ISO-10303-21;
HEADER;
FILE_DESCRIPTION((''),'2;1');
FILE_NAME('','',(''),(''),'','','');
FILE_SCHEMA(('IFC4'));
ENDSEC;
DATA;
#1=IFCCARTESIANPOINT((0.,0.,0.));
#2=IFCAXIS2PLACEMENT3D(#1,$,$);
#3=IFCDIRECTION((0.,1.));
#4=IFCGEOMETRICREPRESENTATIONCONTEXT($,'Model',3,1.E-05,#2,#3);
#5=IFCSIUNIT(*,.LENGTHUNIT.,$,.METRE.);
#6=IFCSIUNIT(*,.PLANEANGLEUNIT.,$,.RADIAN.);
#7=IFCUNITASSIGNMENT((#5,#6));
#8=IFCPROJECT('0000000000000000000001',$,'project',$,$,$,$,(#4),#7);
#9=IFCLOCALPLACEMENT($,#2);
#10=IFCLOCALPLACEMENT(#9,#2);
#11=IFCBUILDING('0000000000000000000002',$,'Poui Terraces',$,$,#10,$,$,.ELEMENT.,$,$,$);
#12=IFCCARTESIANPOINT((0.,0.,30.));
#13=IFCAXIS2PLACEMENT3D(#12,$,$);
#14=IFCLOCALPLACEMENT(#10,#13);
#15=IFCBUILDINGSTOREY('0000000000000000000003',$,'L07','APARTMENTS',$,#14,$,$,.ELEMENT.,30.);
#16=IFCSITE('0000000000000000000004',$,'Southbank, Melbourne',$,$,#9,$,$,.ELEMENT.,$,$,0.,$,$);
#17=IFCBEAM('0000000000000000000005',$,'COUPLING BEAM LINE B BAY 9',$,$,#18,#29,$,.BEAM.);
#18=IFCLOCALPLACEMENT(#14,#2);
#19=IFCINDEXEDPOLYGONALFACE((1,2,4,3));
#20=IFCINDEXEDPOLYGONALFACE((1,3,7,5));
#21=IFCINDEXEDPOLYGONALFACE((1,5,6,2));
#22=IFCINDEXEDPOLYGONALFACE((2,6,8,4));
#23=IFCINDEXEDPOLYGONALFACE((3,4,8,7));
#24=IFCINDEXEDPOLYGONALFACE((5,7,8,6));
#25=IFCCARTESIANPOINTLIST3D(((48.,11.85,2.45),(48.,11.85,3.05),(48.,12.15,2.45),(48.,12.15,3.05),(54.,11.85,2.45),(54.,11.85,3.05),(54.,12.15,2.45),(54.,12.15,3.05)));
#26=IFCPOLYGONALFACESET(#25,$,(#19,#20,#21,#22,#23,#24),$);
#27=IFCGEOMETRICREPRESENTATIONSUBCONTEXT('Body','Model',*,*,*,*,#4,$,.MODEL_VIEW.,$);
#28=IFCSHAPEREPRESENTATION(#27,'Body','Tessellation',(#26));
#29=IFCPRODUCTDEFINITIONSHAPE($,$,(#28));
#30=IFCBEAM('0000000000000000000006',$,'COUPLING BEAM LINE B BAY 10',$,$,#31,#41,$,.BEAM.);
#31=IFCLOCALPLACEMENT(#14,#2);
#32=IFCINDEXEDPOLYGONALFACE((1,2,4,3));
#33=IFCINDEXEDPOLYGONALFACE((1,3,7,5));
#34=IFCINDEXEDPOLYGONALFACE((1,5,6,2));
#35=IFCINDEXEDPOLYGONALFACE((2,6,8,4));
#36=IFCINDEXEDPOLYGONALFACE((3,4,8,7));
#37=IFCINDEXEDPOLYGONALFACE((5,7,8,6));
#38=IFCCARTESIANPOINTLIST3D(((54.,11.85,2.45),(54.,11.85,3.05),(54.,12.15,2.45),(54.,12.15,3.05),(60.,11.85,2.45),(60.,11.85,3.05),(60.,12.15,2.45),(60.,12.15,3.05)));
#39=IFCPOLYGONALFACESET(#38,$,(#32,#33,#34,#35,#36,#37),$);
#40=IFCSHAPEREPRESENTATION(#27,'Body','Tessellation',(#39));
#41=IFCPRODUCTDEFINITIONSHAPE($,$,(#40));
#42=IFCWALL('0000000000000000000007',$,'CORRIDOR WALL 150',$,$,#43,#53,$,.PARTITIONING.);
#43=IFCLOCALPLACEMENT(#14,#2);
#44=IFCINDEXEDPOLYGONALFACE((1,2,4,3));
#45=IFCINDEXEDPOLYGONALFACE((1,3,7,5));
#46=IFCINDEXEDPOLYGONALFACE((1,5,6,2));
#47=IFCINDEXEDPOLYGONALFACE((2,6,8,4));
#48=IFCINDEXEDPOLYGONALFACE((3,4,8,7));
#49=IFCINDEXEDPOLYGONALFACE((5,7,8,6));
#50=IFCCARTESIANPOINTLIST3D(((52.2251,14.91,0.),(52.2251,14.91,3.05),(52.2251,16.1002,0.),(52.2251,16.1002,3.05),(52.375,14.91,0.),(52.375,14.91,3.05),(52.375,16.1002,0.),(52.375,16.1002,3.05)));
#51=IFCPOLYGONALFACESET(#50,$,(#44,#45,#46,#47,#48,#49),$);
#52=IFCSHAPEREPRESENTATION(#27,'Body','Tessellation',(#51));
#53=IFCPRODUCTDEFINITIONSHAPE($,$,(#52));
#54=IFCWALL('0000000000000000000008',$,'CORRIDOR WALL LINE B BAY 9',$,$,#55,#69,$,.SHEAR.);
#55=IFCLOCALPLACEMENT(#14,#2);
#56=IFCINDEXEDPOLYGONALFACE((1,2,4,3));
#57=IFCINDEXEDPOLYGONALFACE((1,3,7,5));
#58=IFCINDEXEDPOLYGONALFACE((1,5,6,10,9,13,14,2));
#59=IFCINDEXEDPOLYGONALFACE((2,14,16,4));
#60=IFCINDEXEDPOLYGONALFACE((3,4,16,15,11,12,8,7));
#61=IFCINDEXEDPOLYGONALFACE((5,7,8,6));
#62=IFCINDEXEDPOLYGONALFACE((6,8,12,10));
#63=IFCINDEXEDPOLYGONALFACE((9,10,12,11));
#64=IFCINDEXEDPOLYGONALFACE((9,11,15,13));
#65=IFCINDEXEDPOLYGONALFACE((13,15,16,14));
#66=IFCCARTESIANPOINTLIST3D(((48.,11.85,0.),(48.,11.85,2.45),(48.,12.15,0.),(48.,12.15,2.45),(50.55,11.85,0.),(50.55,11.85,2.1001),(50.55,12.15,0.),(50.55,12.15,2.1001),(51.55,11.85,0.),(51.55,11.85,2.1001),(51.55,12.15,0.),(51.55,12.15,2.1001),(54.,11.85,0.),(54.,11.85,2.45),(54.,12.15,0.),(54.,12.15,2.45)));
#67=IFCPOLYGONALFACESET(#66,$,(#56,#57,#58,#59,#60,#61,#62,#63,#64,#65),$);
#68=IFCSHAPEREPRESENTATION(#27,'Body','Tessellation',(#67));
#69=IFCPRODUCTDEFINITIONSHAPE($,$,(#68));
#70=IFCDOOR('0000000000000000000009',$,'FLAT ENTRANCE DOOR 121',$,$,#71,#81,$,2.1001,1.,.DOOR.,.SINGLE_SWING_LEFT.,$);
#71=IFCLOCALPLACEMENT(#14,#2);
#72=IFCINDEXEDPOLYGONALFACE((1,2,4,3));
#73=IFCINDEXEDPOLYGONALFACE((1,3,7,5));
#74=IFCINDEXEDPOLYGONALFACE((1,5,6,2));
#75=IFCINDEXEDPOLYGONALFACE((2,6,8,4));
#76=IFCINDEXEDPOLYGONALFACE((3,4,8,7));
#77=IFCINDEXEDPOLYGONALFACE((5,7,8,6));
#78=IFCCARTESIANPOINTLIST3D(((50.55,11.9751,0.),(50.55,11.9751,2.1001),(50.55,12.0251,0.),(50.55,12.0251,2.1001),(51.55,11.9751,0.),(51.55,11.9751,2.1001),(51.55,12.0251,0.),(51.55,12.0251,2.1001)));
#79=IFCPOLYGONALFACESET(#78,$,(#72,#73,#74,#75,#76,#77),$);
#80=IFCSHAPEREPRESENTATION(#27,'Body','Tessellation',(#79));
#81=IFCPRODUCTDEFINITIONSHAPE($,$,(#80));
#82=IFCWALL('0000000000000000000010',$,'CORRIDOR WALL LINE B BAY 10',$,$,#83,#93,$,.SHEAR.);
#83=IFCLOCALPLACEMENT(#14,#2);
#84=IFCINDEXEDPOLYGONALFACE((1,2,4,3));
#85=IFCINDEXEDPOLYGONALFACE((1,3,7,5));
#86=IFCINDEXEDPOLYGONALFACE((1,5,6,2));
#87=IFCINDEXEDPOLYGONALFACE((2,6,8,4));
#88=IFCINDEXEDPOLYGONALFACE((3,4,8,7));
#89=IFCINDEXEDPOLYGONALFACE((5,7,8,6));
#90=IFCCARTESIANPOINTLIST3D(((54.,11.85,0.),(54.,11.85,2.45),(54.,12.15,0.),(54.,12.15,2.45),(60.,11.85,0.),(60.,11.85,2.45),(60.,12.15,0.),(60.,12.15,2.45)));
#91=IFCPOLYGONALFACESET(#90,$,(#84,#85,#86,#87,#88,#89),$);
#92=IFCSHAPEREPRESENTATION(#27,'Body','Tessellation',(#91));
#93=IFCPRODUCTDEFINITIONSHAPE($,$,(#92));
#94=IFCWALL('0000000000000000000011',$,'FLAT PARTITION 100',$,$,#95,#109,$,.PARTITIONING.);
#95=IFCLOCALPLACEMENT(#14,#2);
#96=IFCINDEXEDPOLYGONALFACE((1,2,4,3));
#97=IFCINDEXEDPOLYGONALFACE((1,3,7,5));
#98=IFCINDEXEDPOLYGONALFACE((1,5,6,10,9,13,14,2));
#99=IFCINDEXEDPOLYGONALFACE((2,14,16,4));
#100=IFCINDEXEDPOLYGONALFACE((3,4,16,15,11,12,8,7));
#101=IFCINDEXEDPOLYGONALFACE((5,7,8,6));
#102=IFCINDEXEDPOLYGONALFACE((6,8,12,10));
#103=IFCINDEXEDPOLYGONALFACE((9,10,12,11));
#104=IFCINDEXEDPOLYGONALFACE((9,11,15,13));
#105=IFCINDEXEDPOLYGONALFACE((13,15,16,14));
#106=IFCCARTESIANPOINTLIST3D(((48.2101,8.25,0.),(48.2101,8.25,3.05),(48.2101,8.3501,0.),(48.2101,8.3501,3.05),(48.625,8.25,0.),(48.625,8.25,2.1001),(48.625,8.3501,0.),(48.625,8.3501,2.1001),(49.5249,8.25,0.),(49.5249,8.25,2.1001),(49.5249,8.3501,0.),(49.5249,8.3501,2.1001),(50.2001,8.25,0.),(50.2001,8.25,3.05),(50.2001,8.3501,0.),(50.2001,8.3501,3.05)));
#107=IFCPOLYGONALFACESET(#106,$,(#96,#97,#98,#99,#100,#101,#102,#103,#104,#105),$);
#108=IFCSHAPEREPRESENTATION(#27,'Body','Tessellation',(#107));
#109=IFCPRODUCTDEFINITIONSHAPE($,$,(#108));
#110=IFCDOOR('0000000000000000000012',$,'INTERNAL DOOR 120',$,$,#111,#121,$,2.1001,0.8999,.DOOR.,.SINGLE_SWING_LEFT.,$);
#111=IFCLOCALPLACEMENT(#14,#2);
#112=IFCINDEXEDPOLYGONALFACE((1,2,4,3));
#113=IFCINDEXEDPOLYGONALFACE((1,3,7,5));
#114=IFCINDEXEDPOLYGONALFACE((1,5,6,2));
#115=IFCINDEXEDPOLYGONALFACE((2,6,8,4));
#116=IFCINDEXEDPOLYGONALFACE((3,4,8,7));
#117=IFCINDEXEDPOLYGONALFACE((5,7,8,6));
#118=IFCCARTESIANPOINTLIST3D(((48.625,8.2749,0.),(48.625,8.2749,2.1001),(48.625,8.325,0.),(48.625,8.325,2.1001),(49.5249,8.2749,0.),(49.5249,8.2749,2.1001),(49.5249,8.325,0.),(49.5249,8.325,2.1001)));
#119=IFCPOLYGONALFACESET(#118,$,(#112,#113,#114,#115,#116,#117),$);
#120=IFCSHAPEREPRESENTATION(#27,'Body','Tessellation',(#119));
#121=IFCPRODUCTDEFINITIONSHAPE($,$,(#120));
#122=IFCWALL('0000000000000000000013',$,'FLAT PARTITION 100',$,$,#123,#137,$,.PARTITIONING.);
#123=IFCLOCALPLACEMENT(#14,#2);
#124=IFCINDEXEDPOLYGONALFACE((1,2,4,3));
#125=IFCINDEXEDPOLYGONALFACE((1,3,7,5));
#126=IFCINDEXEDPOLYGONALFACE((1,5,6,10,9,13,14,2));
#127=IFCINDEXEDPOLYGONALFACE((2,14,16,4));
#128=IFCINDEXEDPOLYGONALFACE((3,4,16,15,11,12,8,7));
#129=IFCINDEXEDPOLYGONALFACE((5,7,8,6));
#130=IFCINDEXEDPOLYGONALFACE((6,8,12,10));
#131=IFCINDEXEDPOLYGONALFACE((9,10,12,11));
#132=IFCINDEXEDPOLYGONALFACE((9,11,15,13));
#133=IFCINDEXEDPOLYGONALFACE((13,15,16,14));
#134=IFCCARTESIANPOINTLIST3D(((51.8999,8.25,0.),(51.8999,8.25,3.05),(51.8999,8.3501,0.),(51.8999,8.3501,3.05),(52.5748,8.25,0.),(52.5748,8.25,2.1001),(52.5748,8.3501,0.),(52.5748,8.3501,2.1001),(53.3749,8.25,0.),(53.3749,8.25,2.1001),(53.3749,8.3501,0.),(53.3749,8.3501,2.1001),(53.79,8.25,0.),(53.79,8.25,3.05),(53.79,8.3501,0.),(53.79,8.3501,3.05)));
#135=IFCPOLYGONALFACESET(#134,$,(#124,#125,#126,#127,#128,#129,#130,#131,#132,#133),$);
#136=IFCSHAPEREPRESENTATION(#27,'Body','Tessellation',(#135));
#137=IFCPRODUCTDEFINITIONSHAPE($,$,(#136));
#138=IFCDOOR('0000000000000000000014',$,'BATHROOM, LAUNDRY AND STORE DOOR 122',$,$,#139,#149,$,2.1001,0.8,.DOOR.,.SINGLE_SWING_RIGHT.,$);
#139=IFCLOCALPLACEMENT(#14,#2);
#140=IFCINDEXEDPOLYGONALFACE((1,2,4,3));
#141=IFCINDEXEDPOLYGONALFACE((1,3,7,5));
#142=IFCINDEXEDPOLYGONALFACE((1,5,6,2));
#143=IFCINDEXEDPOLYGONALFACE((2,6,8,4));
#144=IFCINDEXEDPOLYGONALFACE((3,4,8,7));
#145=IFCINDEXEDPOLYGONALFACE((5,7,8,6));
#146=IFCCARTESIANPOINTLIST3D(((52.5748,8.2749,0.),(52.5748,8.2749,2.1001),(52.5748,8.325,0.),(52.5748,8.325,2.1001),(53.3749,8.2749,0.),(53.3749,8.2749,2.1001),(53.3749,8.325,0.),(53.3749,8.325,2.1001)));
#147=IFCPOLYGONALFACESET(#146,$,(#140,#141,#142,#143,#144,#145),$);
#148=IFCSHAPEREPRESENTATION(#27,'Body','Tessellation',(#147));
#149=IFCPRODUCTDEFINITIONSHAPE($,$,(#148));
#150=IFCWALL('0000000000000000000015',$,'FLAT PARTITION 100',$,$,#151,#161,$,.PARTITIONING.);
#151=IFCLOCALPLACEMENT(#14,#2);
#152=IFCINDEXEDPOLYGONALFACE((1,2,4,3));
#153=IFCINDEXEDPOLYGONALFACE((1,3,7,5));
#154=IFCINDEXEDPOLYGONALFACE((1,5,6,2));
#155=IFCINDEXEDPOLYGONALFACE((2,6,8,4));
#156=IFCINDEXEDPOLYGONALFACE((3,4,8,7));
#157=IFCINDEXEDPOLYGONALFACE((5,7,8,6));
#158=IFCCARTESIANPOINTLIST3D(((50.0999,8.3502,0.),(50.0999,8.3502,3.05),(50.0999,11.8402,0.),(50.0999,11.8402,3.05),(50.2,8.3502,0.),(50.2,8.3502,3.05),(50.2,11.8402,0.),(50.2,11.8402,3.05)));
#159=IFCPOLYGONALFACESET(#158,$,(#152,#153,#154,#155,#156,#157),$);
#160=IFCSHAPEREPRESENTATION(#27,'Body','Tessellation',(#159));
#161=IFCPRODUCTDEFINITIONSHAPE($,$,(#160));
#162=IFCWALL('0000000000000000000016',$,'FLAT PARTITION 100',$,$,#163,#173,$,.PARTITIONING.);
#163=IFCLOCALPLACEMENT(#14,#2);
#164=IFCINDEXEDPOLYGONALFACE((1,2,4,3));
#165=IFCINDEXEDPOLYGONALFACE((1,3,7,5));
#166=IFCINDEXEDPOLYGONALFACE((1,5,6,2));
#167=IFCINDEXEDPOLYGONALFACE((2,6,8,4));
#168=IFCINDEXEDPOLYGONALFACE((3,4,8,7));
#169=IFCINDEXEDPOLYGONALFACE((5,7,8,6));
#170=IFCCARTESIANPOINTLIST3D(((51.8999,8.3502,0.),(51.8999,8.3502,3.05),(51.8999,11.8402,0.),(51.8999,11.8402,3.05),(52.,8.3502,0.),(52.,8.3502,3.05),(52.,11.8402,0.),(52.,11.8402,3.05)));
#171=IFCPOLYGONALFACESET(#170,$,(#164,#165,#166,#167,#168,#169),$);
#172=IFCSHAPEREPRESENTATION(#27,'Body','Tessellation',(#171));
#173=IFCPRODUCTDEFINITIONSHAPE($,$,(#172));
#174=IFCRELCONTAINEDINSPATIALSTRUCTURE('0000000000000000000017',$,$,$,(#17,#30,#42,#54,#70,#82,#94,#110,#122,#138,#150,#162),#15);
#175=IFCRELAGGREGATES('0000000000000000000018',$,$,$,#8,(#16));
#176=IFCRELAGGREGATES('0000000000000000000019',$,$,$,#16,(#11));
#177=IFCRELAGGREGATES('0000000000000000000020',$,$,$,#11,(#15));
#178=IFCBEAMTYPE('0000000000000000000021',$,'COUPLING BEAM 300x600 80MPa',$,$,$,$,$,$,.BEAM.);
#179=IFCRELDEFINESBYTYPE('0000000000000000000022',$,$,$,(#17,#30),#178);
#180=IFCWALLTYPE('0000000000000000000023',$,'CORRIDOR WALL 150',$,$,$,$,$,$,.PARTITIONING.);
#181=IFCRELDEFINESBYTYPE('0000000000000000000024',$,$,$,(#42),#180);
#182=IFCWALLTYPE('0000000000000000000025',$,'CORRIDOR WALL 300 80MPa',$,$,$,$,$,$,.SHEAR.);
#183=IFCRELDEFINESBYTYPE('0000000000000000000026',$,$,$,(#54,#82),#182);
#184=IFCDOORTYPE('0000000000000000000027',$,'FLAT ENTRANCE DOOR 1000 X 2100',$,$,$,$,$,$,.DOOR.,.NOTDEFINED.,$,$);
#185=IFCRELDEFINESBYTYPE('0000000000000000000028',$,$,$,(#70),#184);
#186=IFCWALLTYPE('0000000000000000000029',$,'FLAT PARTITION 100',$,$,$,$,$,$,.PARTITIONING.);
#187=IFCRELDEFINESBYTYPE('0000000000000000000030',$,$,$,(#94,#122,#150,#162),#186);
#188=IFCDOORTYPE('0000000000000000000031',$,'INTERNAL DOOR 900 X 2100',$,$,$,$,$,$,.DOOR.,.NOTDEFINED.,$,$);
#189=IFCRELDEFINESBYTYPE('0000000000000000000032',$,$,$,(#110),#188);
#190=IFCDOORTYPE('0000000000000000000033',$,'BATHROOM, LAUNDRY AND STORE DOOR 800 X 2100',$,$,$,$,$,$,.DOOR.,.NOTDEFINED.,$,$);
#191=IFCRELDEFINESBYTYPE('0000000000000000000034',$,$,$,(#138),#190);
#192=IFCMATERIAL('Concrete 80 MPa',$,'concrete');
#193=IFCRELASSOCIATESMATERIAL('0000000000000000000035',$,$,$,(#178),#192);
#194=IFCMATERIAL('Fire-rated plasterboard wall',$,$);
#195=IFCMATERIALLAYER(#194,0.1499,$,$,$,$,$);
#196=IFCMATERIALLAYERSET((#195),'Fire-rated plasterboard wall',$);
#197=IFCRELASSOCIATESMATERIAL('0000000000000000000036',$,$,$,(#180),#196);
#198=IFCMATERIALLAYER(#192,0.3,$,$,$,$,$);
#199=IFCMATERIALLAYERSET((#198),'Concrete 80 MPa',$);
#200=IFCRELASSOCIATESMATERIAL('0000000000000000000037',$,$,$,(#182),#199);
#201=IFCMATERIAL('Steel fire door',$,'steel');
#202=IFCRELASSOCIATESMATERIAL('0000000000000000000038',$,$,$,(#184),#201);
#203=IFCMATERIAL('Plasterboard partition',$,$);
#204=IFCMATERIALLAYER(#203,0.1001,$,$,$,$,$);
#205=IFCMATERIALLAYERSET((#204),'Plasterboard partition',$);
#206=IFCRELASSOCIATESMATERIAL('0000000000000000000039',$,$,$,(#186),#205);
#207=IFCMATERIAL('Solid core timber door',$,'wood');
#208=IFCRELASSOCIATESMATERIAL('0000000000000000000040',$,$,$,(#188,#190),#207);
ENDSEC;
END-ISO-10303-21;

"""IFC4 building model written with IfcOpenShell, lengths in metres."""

from ifc_helpers import new_model, si_unit, direction, frame, frame_2d, origin, origin_2d, place, context, subcontext, project, spatial, rectangle, extrude, source, transform, mapped, material, layer, layer_set, material_profile, profile_set, type_object, element, fill, save


model = new_model("IFC4")

# Units and contexts
model_context = context("Model", 3, precision=1e-05, world=origin(), true_north=direction((0.0, 1.0)))
body_context = subcontext(model_context, "Body", "Model", "MODEL_VIEW")
ifc_project = project(units=[si_unit("LENGTHUNIT", "METRE"), si_unit("PLANEANGLEUNIT", "RADIAN")], contexts=[model_context])

# Site, building, storey
site_placement = place(None, origin())
site = spatial("IfcSite", under=ifc_project, at=site_placement, Name="Southbank, Melbourne", CompositionType="ELEMENT", RefElevation=0.0)
building_placement = place(site_placement, origin())
building = spatial("IfcBuilding", under=site, at=building_placement, Name="Poui Terraces", CompositionType="ELEMENT")
storey_placement = place(building_placement, frame((0.0, 0.0, 30.0)))
storey = spatial("IfcBuildingStorey", under=building, at=storey_placement, Name="L07", Description="APARTMENTS", CompositionType="ELEMENT", Elevation=30.0)

# Beams
ifc_material_1 = material(Name="Concrete 80 MPa", Category="concrete")
ifc_material_profile = material_profile(ifc_material_1, rectangle(XDim=0.3, YDim=0.6001, at=origin_2d()), Name="RC 300x600")
ifc_profile_set = profile_set([ifc_material_profile], Name="Concrete 80 MPa")
beam_type = type_object("IfcBeamType", Name="COUPLING BEAM 300x600 80MPa", PredefinedType="BEAM", material=ifc_profile_set)
shared_shape = source(origin(), body_context, "Body", "SweptSolid", [
    extrude(rectangle(XDim=0.3, YDim=0.6001, at=origin_2d()), origin(), (0.0, 0.0, 1.0), 6.0),
])
for number, where, z_axis, x_axis, name in (
    (1, (48.0, 12.0, 2.75), (1.0, 0.0, 0.0), (0.0, 1.0, 0.0), "COUPLING BEAM LINE B BAY 9"),
    (2, (54.0, 12.0, 2.75), (1.0, 0.0, 0.0), (0.0, 1.0, 0.0), "COUPLING BEAM LINE B BAY 10"),
):
    element("IfcBeam", number, at=place(storey_placement, frame(where, z_axis=z_axis, x_axis=x_axis)), inside=storey, type_object=beam_type, Name=name, PredefinedType="BEAM", context=body_context, shape_type="MappedRepresentation", body=[
        mapped(shared_shape, transform((0.0, 0.0, 0.0))),
    ])

# Wall
ifc_material_2 = material(Name="Fire-rated plasterboard wall")
ifc_layer_1 = layer(ifc_material_2, 0.1499)
ifc_layer_set_1 = layer_set([ifc_layer_1], Name="Fire-rated plasterboard wall")
wall_type_1 = type_object("IfcWallType", Name="CORRIDOR WALL 150", PredefinedType="PARTITIONING", material=ifc_layer_set_1)
wall_1_placement = place(storey_placement, frame((52.3, 14.9099, 0.0), z_axis=(0.0, 0.0, 1.0), x_axis=(0.0, 1.0, 0.0)))
element("IfcWall", 3, at=wall_1_placement, inside=storey, type_object=wall_type_1, Name="CORRIDOR WALL 150", PredefinedType="PARTITIONING", context=body_context, shape_type="SweptSolid", body=[
    extrude(rectangle(XDim=1.1902, YDim=0.1499, at=frame_2d((0.5952, 0.0))), origin(), (0.0, 0.0, 1.0), 3.05),
])

# Wall, opening, door
ifc_layer_2 = layer(ifc_material_1, 0.3)
ifc_layer_set_2 = layer_set([ifc_layer_2], Name="Concrete 80 MPa")
wall_type_2 = type_object("IfcWallType", Name="CORRIDOR WALL 300 80MPa", PredefinedType="SHEAR", material=ifc_layer_set_2)
wall_2_placement = place(storey_placement, frame((48.0, 12.0, 0.0), z_axis=(0.0, 0.0, 1.0), x_axis=(1.0, 0.0, 0.0)))
wall_2 = element("IfcWall", 4, at=wall_2_placement, inside=storey, type_object=wall_type_2, Name="CORRIDOR WALL LINE B BAY 9", PredefinedType="SHEAR", context=body_context, shape_type="SweptSolid", body=[
    extrude(rectangle(XDim=6.0, YDim=0.3, at=frame_2d((3.0, 0.0))), origin(), (0.0, 0.0, 1.0), 2.45),
])
opening_1_placement = place(wall_2_placement, frame((2.55, 0.0, 0.0)))
opening_1 = element("IfcOpeningElement", 5, at=opening_1_placement, cuts=wall_2, PredefinedType="OPENING", context=body_context, shape_type="SweptSolid", body=[
    extrude(rectangle(XDim=1.0, YDim=2.1001, at=frame_2d((0.5, 1.05))), frame((0.0, 0.1602, 0.0), z_axis=(0.0, -1.0, 0.0), x_axis=(1.0, 0.0, 0.0)), (0.0, 0.0, 1.0), 0.3201),
])
ifc_material_3 = material(Name="Steel fire door", Category="steel")
door_type_1 = type_object("IfcDoorType", Name="FLAT ENTRANCE DOOR 1000 X 2100", OperationType="NOTDEFINED", PredefinedType="DOOR", material=ifc_material_3)
door_1_placement = place(opening_1_placement, frame((1.0, 0.0, 0.0), z_axis=(0.0, 0.0, 1.0), x_axis=(-1.0, 0.0, 0.0)))
door_1 = element("IfcDoor", 6, at=door_1_placement, inside=storey, type_object=door_type_1, Name="FLAT ENTRANCE DOOR 121", OperationType="SINGLE_SWING_LEFT", OverallHeight=2.1001, OverallWidth=1.0, PredefinedType="DOOR", context=body_context, shape_type="SweptSolid", body=[
    extrude(rectangle(XDim=1.0, YDim=2.1001, at=frame_2d((0.5, 1.05))), frame((0.0, 0.0249, 0.0), z_axis=(0.0, -1.0, 0.0), x_axis=(1.0, 0.0, 0.0)), (0.0, 0.0, 1.0), 0.05),
])
fill(opening_1, door_1)

# Wall
wall_3_placement = place(storey_placement, frame((54.0, 12.0, 0.0), z_axis=(0.0, 0.0, 1.0), x_axis=(1.0, 0.0, 0.0)))
element("IfcWall", 7, at=wall_3_placement, inside=storey, type_object=wall_type_2, Name="CORRIDOR WALL LINE B BAY 10", PredefinedType="SHEAR", context=body_context, shape_type="SweptSolid", body=[
    extrude(rectangle(XDim=6.0, YDim=0.3, at=frame_2d((3.0, 0.0))), origin(), (0.0, 0.0, 1.0), 2.45),
])

# Walls, openings, doors
ifc_material_4 = material(Name="Plasterboard partition")
ifc_layer_3 = layer(ifc_material_4, 0.1001)
ifc_layer_set_3 = layer_set([ifc_layer_3], Name="Plasterboard partition")
wall_type_3 = type_object("IfcWallType", Name="FLAT PARTITION 100", PredefinedType="PARTITIONING", material=ifc_layer_set_3)
wall_4_placement = place(storey_placement, frame((48.21, 8.3, 0.0), z_axis=(0.0, 0.0, 1.0), x_axis=(1.0, 0.0, 0.0)))
wall_4 = element("IfcWall", 8, at=wall_4_placement, inside=storey, type_object=wall_type_3, Name="FLAT PARTITION 100", PredefinedType="PARTITIONING", context=body_context, shape_type="SweptSolid", body=[
    extrude(rectangle(XDim=1.99, YDim=0.1001, at=frame_2d((0.9951, 0.0))), origin(), (0.0, 0.0, 1.0), 3.05),
])
opening_2_placement = place(wall_4_placement, frame((0.415, 0.0, 0.0)))
opening_2 = element("IfcOpeningElement", 9, at=opening_2_placement, cuts=wall_4, PredefinedType="OPENING", context=body_context, shape_type="SweptSolid", body=[
    extrude(rectangle(XDim=0.8999, YDim=2.1001, at=frame_2d((0.45, 1.05))), frame((0.0, 0.0601, 0.0), z_axis=(0.0, -1.0, 0.0), x_axis=(1.0, 0.0, 0.0)), (0.0, 0.0, 1.0), 0.1201),
])
ifc_material_5 = material(Name="Solid core timber door", Category="wood")
door_type_2 = type_object("IfcDoorType", Name="INTERNAL DOOR 900 X 2100", OperationType="NOTDEFINED", PredefinedType="DOOR", material=ifc_material_5)
door_2_placement = place(opening_2_placement, origin())
door_2 = element("IfcDoor", 10, at=door_2_placement, inside=storey, type_object=door_type_2, Name="INTERNAL DOOR 120", OperationType="SINGLE_SWING_LEFT", OverallHeight=2.1001, OverallWidth=0.8999, PredefinedType="DOOR", context=body_context, shape_type="SweptSolid", body=[
    extrude(rectangle(XDim=0.8999, YDim=2.1001, at=frame_2d((0.45, 1.05))), frame((0.0, 0.0249, 0.0), z_axis=(0.0, -1.0, 0.0), x_axis=(1.0, 0.0, 0.0)), (0.0, 0.0, 1.0), 0.05),
])
fill(opening_2, door_2)
wall_5_placement = place(storey_placement, frame((51.8999, 8.3, 0.0), z_axis=(0.0, 0.0, 1.0), x_axis=(1.0, 0.0, 0.0)))
wall_5 = element("IfcWall", 11, at=wall_5_placement, inside=storey, type_object=wall_type_3, Name="FLAT PARTITION 100", PredefinedType="PARTITIONING", context=body_context, shape_type="SweptSolid", body=[
    extrude(rectangle(XDim=1.8901, YDim=0.1001, at=frame_2d((0.9451, 0.0))), origin(), (0.0, 0.0, 1.0), 3.05),
])
opening_3_placement = place(wall_5_placement, frame((0.675, 0.0, 0.0)))
opening_3 = element("IfcOpeningElement", 12, at=opening_3_placement, cuts=wall_5, PredefinedType="OPENING", context=body_context, shape_type="SweptSolid", body=[
    extrude(rectangle(XDim=0.8, YDim=2.1001, at=frame_2d((0.3999, 1.05))), frame((0.0, 0.0601, 0.0), z_axis=(0.0, -1.0, 0.0), x_axis=(1.0, 0.0, 0.0)), (0.0, 0.0, 1.0), 0.1201),
])
door_type_3 = type_object("IfcDoorType", Name="BATHROOM, LAUNDRY AND STORE DOOR 800 X 2100", OperationType="NOTDEFINED", PredefinedType="DOOR", material=ifc_material_5)
door_3_placement = place(opening_3_placement, origin())
door_3 = element("IfcDoor", 13, at=door_3_placement, inside=storey, type_object=door_type_3, Name="BATHROOM, LAUNDRY AND STORE DOOR 122", OperationType="SINGLE_SWING_RIGHT", OverallHeight=2.1001, OverallWidth=0.8, PredefinedType="DOOR", context=body_context, shape_type="SweptSolid", body=[
    extrude(rectangle(XDim=0.8, YDim=2.1001, at=frame_2d((0.3999, 1.05))), frame((0.0, 0.0249, 0.0), z_axis=(0.0, -1.0, 0.0), x_axis=(1.0, 0.0, 0.0)), (0.0, 0.0, 1.0), 0.05),
])
fill(opening_3, door_3)

# Walls
for number, where, z_axis, x_axis, name in (
    (14, (50.1499, 8.3501, 0.0), (0.0, 0.0, 1.0), (0.0, 1.0, 0.0), "FLAT PARTITION 100"),
    (15, (51.95, 8.3501, 0.0), (0.0, 0.0, 1.0), (0.0, 1.0, 0.0), "FLAT PARTITION 100"),
):
    element("IfcWall", number, at=place(storey_placement, frame(where, z_axis=z_axis, x_axis=x_axis)), inside=storey, type_object=wall_type_3, Name=name, PredefinedType="PARTITIONING", context=body_context, shape_type="SweptSolid", body=[
        extrude(rectangle(XDim=3.49, YDim=0.1001, at=frame_2d((1.7451, 0.0))), origin(), (0.0, 0.0, 1.0), 3.05),
    ])

save(model, "model.ifc")
